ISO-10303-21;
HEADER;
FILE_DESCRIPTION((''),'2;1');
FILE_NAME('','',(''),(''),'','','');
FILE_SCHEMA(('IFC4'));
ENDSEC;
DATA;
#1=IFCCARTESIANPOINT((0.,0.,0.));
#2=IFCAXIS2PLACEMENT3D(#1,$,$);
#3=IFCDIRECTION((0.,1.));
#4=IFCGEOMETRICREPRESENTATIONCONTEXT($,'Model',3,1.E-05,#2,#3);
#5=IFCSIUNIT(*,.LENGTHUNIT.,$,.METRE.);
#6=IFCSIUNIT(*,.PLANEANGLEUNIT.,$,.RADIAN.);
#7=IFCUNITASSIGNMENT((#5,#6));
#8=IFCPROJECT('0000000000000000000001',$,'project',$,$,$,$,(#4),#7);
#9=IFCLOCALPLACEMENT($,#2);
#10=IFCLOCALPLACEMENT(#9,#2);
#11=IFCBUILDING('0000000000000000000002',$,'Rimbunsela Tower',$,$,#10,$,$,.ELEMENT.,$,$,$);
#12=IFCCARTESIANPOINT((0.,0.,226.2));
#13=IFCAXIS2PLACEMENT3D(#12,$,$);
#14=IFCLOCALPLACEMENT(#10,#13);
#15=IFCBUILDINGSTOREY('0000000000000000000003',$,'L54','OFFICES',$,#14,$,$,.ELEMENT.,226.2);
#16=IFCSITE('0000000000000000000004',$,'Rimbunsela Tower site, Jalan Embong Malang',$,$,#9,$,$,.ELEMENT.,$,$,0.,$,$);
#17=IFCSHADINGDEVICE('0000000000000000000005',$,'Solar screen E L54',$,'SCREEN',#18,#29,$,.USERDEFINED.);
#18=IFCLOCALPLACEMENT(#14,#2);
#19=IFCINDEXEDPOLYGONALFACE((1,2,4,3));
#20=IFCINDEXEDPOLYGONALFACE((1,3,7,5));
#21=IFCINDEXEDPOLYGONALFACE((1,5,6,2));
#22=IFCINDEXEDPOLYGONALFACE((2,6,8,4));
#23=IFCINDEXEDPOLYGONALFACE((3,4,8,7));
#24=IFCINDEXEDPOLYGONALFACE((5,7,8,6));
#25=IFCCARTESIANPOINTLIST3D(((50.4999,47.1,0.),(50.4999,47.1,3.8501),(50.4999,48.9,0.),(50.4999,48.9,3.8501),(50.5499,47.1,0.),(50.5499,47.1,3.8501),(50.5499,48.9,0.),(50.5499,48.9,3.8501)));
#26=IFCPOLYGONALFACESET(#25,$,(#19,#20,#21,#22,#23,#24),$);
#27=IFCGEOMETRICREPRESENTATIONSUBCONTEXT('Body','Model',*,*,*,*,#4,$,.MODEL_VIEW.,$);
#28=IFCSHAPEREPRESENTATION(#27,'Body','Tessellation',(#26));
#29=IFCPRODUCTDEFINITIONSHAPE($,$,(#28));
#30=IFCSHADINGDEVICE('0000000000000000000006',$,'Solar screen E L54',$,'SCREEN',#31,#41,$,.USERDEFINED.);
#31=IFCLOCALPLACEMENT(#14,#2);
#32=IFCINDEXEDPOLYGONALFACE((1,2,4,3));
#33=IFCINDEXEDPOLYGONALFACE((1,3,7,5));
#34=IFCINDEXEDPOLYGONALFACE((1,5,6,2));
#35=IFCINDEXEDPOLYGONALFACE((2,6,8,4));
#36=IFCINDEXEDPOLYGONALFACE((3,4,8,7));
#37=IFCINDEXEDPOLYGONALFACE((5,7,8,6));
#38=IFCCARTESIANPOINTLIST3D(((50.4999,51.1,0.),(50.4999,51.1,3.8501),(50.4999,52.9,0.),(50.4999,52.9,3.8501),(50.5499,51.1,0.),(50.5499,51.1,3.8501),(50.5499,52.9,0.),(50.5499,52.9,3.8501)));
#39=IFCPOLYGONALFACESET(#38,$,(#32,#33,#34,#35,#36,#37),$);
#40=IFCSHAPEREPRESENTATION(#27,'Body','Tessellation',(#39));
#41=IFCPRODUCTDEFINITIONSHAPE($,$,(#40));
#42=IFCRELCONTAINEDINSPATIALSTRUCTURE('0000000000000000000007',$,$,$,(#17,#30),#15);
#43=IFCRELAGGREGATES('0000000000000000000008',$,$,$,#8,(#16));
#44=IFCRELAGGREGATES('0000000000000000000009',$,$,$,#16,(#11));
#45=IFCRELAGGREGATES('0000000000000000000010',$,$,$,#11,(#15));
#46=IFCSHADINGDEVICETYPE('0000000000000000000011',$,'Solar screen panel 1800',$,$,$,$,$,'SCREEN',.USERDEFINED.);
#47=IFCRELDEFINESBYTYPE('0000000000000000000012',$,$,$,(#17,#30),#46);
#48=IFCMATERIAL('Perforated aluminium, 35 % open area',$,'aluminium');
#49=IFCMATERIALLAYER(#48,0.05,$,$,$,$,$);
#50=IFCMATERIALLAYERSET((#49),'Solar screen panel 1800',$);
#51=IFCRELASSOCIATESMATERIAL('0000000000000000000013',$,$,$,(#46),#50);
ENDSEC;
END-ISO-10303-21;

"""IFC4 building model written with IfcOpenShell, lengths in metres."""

from ifc_helpers import new_model, si_unit, direction, frame, origin, origin_2d, place, context, subcontext, project, spatial, rectangle, extrude, material, layer, layer_set, type_object, element, save


model = new_model("IFC4")

# Units and contexts
model_context = context("Model", 3, precision=1e-05, world=origin(), true_north=direction((0.0, 1.0)))
body_context = subcontext(model_context, "Body", "Model", "MODEL_VIEW")
ifc_project = project(units=[si_unit("LENGTHUNIT", "METRE"), si_unit("PLANEANGLEUNIT", "RADIAN")], contexts=[model_context])

# Site, building, storey
site_placement = place(None, origin())
site = spatial("IfcSite", under=ifc_project, at=site_placement, Name="Rimbunsela Tower site, Jalan Embong Malang", CompositionType="ELEMENT", RefElevation=0.0)
building_placement = place(site_placement, origin())
building = spatial("IfcBuilding", under=site, at=building_placement, Name="Rimbunsela Tower", CompositionType="ELEMENT")
storey_placement = place(building_placement, frame((0.0, 0.0, 226.2)))
storey = spatial("IfcBuildingStorey", under=building, at=storey_placement, Name="L54", Description="OFFICES", CompositionType="ELEMENT", Elevation=226.2)

# Shading devices
ifc_material_1 = material(Name="Perforated aluminium, 35 % open area", Category="aluminium")
ifc_layer_1 = layer(ifc_material_1, 0.05)
ifc_layer_set_1 = layer_set([ifc_layer_1], Name="Solar screen panel 1800")
shading_device_type = type_object("IfcShadingDeviceType", Name="Solar screen panel 1800", ElementType="SCREEN", PredefinedType="USERDEFINED", material=ifc_layer_set_1)
for number, where, z_axis, x_axis, name in (
    (1, (50.5249, 48.0, 0.0), (0.0, 0.0, 1.0), (0.0, 1.0, 0.0), "Solar screen E L54"),
    (2, (50.5249, 52.0, 0.0), (0.0, 0.0, 1.0), (0.0, 1.0, 0.0), "Solar screen E L54"),
):
    element("IfcShadingDevice", number, at=place(storey_placement, frame(where, z_axis=z_axis, x_axis=x_axis)), inside=storey, type_object=shading_device_type, Name=name, ObjectType="SCREEN", PredefinedType="USERDEFINED", context=body_context, shape_type="SweptSolid", body=[
        extrude(rectangle(XDim=1.8, YDim=0.05, at=origin_2d()), origin(), (0.0, 0.0, 1.0), 3.8501),
    ])

save(model, "model.ifc")
